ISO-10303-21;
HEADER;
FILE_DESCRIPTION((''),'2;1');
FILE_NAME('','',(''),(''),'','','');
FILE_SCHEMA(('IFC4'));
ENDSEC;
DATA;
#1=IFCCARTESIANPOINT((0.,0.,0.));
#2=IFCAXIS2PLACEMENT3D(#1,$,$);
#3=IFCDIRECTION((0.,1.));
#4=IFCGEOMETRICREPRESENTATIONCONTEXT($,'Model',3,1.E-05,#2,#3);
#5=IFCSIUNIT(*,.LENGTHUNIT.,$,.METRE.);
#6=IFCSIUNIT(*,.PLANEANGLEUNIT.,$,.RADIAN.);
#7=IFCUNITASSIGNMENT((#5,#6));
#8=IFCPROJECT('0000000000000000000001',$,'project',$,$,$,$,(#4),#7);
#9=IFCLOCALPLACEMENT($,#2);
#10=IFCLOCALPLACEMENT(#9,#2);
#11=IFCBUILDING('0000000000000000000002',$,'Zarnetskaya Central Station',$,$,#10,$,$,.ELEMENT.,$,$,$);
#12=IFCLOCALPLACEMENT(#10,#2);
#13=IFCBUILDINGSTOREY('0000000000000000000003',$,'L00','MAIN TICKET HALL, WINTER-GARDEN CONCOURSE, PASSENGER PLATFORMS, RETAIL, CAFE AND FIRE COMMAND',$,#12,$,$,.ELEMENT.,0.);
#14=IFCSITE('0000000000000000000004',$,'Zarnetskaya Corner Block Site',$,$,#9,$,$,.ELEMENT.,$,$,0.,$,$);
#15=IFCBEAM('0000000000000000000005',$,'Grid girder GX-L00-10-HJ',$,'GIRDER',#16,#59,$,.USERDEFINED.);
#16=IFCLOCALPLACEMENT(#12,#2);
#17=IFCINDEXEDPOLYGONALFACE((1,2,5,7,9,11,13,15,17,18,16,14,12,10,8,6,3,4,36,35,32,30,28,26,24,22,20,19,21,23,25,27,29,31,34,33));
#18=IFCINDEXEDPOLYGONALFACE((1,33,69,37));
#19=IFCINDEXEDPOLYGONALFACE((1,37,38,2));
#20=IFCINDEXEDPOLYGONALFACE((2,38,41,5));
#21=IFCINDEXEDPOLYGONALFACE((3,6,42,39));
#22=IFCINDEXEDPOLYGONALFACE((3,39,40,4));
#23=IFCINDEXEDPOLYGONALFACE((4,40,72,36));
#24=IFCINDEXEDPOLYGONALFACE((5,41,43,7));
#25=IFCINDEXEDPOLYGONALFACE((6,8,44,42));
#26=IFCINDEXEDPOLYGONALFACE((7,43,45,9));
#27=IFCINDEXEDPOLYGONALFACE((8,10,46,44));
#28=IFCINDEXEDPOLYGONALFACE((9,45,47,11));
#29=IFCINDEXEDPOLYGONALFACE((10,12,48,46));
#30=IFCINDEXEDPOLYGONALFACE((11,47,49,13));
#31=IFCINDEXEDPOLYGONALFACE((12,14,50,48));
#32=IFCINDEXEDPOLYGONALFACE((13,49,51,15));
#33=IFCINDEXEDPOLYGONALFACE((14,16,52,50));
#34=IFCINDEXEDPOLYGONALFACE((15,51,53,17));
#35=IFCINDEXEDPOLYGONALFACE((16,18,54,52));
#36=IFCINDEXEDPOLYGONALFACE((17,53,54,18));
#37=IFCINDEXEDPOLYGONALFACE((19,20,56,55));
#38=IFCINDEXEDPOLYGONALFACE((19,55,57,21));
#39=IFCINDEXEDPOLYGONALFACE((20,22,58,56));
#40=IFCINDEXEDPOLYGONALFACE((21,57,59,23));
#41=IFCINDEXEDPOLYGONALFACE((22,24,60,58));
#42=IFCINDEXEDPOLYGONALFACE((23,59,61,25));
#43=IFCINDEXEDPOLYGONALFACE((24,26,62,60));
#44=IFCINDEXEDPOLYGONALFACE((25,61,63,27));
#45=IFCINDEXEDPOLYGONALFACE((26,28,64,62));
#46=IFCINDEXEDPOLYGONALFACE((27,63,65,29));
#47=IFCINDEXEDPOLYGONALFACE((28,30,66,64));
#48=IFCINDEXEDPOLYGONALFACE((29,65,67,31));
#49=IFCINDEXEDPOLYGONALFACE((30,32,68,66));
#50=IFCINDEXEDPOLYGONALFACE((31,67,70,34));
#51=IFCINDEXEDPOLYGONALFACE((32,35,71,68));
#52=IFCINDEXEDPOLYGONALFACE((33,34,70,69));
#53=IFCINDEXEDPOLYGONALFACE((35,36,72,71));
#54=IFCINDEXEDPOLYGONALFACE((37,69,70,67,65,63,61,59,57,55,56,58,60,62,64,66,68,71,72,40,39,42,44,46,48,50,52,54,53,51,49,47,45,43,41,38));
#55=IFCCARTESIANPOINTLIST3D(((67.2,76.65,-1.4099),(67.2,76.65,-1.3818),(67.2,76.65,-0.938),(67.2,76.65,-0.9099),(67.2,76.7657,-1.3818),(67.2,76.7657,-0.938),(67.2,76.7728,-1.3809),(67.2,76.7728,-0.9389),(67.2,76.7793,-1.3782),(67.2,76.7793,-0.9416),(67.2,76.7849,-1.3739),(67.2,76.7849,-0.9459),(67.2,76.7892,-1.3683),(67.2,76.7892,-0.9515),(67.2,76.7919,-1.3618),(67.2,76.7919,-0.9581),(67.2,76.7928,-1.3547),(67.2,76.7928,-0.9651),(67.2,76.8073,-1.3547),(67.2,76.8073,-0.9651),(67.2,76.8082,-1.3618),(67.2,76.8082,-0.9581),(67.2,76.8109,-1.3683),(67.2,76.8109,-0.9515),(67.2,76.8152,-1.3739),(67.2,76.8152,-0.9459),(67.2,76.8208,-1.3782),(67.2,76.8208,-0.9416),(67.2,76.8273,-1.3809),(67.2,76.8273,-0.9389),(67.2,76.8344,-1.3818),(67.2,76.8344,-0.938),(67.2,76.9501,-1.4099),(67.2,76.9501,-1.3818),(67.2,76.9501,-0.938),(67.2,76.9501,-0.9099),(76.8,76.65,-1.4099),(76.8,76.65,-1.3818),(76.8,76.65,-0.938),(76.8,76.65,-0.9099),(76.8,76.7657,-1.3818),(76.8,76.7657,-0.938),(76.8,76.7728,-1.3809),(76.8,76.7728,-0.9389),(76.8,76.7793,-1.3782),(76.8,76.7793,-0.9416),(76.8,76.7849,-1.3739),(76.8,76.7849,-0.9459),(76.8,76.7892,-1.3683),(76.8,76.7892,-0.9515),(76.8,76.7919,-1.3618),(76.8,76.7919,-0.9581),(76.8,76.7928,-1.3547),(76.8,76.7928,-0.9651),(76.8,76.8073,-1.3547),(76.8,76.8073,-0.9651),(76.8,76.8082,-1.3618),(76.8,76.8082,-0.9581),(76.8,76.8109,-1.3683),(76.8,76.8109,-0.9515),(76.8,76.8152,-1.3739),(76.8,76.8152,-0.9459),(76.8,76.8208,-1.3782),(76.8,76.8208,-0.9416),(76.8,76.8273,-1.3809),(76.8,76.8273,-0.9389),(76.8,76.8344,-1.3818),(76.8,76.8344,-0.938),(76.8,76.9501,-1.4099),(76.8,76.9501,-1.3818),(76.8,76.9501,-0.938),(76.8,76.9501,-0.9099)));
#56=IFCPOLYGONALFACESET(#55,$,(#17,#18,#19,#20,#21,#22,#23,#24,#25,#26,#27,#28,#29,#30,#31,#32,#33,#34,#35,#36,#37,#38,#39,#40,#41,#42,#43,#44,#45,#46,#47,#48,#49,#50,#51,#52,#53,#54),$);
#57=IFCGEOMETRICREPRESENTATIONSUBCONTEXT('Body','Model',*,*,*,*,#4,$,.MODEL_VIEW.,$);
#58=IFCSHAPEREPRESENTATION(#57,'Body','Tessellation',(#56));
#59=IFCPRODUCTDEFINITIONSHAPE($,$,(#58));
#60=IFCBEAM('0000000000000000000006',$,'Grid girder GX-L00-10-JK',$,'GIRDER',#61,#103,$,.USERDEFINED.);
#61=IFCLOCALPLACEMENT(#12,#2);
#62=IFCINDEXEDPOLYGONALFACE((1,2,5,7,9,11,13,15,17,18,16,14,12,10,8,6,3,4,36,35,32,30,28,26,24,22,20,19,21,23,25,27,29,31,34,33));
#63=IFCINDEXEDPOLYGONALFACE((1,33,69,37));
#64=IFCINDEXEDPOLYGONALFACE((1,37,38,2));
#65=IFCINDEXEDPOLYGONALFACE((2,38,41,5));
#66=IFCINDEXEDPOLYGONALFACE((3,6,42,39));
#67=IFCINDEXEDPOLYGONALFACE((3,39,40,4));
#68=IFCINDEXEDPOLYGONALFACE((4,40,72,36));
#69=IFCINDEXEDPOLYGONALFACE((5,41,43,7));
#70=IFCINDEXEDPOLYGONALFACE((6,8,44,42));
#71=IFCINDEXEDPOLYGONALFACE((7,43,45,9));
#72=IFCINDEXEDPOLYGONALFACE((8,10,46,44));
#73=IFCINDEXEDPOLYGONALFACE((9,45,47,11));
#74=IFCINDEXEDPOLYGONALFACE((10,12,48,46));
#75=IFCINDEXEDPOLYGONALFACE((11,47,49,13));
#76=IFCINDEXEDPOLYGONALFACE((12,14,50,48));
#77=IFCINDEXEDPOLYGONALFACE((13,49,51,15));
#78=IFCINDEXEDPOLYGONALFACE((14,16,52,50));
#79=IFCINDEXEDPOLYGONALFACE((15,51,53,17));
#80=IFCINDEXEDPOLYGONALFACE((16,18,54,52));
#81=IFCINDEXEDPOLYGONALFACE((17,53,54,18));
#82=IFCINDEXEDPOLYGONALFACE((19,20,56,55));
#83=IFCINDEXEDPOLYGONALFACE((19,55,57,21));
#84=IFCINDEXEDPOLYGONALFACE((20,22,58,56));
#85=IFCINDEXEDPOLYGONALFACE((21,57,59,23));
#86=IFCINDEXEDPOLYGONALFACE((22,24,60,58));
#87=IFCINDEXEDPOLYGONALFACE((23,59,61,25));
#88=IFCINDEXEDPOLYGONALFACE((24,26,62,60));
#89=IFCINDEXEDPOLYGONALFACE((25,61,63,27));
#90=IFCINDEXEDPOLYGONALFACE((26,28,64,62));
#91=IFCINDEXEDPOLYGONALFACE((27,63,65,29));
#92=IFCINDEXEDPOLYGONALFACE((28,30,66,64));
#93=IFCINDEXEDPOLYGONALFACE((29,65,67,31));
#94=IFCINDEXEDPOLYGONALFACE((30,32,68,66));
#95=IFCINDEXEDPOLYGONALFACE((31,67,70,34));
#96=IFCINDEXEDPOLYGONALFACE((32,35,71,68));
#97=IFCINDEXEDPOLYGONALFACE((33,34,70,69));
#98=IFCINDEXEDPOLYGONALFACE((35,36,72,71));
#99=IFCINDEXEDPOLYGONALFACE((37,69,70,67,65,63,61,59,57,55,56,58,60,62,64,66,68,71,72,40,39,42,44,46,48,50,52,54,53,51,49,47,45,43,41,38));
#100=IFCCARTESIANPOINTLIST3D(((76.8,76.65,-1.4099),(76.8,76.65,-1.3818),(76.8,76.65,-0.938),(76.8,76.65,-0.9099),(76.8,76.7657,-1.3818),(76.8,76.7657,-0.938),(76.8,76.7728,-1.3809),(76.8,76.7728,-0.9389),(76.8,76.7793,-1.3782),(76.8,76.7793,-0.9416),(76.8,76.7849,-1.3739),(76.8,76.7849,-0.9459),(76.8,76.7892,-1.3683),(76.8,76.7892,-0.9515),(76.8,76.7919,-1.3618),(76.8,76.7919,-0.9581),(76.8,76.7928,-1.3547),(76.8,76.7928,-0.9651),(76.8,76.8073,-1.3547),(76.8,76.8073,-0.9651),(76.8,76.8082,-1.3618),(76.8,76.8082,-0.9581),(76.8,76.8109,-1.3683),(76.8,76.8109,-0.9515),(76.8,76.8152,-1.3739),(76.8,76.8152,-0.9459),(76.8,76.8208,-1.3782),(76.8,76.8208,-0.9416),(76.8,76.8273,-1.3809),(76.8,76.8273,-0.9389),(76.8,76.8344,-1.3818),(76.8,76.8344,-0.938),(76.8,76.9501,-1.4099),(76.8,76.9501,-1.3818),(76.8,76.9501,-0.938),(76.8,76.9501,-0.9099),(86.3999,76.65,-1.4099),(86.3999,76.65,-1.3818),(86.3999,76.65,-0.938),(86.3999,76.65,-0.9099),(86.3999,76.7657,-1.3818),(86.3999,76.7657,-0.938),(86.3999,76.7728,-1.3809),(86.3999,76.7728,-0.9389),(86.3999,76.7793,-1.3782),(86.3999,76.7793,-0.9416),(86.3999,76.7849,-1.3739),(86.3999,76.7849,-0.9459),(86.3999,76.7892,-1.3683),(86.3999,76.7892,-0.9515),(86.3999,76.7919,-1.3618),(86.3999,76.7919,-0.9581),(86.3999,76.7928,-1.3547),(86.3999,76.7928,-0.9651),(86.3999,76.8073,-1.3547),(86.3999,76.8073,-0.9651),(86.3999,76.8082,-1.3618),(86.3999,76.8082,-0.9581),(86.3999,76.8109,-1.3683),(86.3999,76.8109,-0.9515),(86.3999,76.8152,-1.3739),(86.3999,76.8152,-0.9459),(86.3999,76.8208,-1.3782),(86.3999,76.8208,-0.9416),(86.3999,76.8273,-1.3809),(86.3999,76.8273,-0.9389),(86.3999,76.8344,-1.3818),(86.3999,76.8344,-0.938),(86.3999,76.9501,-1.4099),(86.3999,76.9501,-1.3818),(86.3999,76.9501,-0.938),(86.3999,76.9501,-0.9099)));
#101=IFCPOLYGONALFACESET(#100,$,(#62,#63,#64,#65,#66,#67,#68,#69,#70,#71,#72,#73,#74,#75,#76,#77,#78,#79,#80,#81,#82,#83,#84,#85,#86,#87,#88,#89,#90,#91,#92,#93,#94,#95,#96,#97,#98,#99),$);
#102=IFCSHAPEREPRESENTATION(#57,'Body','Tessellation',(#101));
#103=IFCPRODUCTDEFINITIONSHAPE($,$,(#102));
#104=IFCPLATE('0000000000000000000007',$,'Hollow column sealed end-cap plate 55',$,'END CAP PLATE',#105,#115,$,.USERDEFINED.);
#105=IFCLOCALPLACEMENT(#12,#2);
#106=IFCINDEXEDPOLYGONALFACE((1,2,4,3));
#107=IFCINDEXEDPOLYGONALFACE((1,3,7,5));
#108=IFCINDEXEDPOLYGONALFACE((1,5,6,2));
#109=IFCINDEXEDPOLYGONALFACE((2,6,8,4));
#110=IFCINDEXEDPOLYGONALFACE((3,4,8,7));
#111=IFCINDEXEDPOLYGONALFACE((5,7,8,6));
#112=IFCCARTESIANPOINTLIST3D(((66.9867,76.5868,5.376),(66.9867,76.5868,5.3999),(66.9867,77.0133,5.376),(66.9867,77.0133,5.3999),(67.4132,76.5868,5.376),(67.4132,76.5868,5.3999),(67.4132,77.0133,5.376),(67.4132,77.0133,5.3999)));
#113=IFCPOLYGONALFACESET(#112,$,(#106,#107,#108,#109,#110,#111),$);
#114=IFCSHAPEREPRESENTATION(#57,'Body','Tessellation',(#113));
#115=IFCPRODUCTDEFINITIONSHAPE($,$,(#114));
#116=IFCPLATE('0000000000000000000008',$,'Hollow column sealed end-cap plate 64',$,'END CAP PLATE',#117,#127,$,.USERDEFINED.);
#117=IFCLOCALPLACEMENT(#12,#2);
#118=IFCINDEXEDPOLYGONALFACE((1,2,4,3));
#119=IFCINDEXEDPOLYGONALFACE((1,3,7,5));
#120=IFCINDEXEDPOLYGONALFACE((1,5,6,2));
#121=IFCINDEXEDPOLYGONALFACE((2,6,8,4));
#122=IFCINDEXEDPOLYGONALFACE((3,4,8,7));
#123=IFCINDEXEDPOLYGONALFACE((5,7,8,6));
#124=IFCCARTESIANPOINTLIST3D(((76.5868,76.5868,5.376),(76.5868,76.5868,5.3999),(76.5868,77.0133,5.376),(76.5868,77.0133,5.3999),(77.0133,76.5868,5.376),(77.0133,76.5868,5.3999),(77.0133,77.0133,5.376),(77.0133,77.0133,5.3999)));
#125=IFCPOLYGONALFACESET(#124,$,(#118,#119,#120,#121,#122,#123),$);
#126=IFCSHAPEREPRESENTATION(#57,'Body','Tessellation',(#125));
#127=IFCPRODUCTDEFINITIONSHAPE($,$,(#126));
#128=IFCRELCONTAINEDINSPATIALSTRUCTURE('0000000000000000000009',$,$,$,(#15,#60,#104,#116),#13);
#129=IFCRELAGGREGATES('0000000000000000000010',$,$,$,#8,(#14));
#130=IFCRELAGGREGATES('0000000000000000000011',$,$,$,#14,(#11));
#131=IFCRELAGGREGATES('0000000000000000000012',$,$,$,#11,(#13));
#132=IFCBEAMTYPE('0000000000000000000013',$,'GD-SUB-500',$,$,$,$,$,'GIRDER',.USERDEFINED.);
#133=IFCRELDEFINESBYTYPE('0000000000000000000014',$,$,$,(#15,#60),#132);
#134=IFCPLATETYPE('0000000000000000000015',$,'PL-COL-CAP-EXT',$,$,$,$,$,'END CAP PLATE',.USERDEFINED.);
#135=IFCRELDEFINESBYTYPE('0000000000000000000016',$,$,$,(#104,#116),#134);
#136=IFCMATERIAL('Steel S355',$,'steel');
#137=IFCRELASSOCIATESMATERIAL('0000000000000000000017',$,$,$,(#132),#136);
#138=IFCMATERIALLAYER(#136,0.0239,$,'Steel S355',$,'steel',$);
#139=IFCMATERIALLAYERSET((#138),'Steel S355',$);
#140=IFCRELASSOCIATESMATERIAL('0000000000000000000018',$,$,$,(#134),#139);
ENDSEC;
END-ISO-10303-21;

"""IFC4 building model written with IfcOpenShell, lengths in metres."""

from ifc_helpers import new_model, si_unit, direction, frame, origin, origin_2d, place, context, subcontext, project, spatial, rectangle, i_section, extrude, material, layer, layer_set, material_profile, profile_set, type_object, element, save


model = new_model("IFC4")

# Units and contexts
model_context = context("Model", 3, precision=1e-05, world=origin(), true_north=direction((0.0, 1.0)))
body_context = subcontext(model_context, "Body", "Model", "MODEL_VIEW")
ifc_project = project(units=[si_unit("LENGTHUNIT", "METRE"), si_unit("PLANEANGLEUNIT", "RADIAN")], contexts=[model_context])

# Site, building, storey
site_placement = place(None, origin())
site = spatial("IfcSite", under=ifc_project, at=site_placement, Name="Zarnetskaya Corner Block Site", CompositionType="ELEMENT", RefElevation=0.0)
building_placement = place(site_placement, origin())
building = spatial("IfcBuilding", under=site, at=building_placement, Name="Zarnetskaya Central Station", CompositionType="ELEMENT")
storey_placement = place(building_placement, origin())
storey = spatial("IfcBuildingStorey", under=building, at=storey_placement, Name="L00", Description="MAIN TICKET HALL, WINTER-GARDEN CONCOURSE, PASSENGER PLATFORMS, RETAIL, CAFE AND FIRE COMMAND", CompositionType="ELEMENT", Elevation=0.0)

# Shared definitions
ifc_material = material(Name="Steel S355", Category="steel")

# Beams
ifc_material_profile_1 = material_profile(ifc_material, i_section(OverallWidth=0.3, OverallDepth=0.5, WebThickness=0.0144, FlangeThickness=0.0281, FilletRadius=0.0271, at=origin_2d()), Name="HEB 500")
ifc_profile_set_1 = profile_set([ifc_material_profile_1], Name="Steel S355")
beam_type_1 = type_object("IfcBeamType", Name="GD-SUB-500", ElementType="GIRDER", PredefinedType="USERDEFINED", material=ifc_profile_set_1)
beam_1_placement = place(storey_placement, frame((67.2, 76.8, -1.1599), z_axis=(1.0, 0.0, 0.0), x_axis=(0.0, 1.0, 0.0)))
element("IfcBeam", 1, at=beam_1_placement, inside=storey, type_object=beam_type_1, Name="Grid girder GX-L00-10-HJ", ObjectType="GIRDER", PredefinedType="USERDEFINED", context=body_context, shape_type="SweptSolid", body=[
    extrude(i_section(OverallWidth=0.3, OverallDepth=0.5, WebThickness=0.0144, FlangeThickness=0.0281, FilletRadius=0.0271, at=origin_2d()), origin(), (0.0, 0.0, 1.0), 9.6001),
])
beam_2_placement = place(storey_placement, frame((76.8, 76.8, -1.1599), z_axis=(1.0, 0.0, 0.0), x_axis=(0.0, 1.0, 0.0)))
element("IfcBeam", 2, at=beam_2_placement, inside=storey, type_object=beam_type_1, Name="Grid girder GX-L00-10-JK", ObjectType="GIRDER", PredefinedType="USERDEFINED", context=body_context, shape_type="SweptSolid", body=[
    extrude(i_section(OverallWidth=0.3, OverallDepth=0.5, WebThickness=0.0144, FlangeThickness=0.0281, FilletRadius=0.0271, at=origin_2d()), origin(), (0.0, 0.0, 1.0), 9.5999),
])

# Plates
ifc_layer = layer(ifc_material, 0.0239, Name="Steel S355", Category="steel")
ifc_layer_set = layer_set([ifc_layer], Name="Steel S355")
plate_type = type_object("IfcPlateType", Name="PL-COL-CAP-EXT", ElementType="END CAP PLATE", PredefinedType="USERDEFINED", material=ifc_layer_set)
for number, where, z_axis, x_axis, name in (
    (3, (67.2, 76.8, 5.376), (0.0, 0.0, 1.0), (1.0, 0.0, 0.0), "Hollow column sealed end-cap plate 55"),
    (4, (76.8, 76.8, 5.376), (0.0, 0.0, 1.0), (1.0, 0.0, 0.0), "Hollow column sealed end-cap plate 64"),
):
    element("IfcPlate", number, at=place(storey_placement, frame(where, z_axis=z_axis, x_axis=x_axis)), inside=storey, type_object=plate_type, Name=name, ObjectType="END CAP PLATE", PredefinedType="USERDEFINED", context=body_context, shape_type="SweptSolid", body=[
        extrude(rectangle(XDim=0.4265, YDim=0.4265, at=origin_2d()), origin(), (0.0, 0.0, 1.0), 0.0239),
    ])

save(model, "model.ifc")
